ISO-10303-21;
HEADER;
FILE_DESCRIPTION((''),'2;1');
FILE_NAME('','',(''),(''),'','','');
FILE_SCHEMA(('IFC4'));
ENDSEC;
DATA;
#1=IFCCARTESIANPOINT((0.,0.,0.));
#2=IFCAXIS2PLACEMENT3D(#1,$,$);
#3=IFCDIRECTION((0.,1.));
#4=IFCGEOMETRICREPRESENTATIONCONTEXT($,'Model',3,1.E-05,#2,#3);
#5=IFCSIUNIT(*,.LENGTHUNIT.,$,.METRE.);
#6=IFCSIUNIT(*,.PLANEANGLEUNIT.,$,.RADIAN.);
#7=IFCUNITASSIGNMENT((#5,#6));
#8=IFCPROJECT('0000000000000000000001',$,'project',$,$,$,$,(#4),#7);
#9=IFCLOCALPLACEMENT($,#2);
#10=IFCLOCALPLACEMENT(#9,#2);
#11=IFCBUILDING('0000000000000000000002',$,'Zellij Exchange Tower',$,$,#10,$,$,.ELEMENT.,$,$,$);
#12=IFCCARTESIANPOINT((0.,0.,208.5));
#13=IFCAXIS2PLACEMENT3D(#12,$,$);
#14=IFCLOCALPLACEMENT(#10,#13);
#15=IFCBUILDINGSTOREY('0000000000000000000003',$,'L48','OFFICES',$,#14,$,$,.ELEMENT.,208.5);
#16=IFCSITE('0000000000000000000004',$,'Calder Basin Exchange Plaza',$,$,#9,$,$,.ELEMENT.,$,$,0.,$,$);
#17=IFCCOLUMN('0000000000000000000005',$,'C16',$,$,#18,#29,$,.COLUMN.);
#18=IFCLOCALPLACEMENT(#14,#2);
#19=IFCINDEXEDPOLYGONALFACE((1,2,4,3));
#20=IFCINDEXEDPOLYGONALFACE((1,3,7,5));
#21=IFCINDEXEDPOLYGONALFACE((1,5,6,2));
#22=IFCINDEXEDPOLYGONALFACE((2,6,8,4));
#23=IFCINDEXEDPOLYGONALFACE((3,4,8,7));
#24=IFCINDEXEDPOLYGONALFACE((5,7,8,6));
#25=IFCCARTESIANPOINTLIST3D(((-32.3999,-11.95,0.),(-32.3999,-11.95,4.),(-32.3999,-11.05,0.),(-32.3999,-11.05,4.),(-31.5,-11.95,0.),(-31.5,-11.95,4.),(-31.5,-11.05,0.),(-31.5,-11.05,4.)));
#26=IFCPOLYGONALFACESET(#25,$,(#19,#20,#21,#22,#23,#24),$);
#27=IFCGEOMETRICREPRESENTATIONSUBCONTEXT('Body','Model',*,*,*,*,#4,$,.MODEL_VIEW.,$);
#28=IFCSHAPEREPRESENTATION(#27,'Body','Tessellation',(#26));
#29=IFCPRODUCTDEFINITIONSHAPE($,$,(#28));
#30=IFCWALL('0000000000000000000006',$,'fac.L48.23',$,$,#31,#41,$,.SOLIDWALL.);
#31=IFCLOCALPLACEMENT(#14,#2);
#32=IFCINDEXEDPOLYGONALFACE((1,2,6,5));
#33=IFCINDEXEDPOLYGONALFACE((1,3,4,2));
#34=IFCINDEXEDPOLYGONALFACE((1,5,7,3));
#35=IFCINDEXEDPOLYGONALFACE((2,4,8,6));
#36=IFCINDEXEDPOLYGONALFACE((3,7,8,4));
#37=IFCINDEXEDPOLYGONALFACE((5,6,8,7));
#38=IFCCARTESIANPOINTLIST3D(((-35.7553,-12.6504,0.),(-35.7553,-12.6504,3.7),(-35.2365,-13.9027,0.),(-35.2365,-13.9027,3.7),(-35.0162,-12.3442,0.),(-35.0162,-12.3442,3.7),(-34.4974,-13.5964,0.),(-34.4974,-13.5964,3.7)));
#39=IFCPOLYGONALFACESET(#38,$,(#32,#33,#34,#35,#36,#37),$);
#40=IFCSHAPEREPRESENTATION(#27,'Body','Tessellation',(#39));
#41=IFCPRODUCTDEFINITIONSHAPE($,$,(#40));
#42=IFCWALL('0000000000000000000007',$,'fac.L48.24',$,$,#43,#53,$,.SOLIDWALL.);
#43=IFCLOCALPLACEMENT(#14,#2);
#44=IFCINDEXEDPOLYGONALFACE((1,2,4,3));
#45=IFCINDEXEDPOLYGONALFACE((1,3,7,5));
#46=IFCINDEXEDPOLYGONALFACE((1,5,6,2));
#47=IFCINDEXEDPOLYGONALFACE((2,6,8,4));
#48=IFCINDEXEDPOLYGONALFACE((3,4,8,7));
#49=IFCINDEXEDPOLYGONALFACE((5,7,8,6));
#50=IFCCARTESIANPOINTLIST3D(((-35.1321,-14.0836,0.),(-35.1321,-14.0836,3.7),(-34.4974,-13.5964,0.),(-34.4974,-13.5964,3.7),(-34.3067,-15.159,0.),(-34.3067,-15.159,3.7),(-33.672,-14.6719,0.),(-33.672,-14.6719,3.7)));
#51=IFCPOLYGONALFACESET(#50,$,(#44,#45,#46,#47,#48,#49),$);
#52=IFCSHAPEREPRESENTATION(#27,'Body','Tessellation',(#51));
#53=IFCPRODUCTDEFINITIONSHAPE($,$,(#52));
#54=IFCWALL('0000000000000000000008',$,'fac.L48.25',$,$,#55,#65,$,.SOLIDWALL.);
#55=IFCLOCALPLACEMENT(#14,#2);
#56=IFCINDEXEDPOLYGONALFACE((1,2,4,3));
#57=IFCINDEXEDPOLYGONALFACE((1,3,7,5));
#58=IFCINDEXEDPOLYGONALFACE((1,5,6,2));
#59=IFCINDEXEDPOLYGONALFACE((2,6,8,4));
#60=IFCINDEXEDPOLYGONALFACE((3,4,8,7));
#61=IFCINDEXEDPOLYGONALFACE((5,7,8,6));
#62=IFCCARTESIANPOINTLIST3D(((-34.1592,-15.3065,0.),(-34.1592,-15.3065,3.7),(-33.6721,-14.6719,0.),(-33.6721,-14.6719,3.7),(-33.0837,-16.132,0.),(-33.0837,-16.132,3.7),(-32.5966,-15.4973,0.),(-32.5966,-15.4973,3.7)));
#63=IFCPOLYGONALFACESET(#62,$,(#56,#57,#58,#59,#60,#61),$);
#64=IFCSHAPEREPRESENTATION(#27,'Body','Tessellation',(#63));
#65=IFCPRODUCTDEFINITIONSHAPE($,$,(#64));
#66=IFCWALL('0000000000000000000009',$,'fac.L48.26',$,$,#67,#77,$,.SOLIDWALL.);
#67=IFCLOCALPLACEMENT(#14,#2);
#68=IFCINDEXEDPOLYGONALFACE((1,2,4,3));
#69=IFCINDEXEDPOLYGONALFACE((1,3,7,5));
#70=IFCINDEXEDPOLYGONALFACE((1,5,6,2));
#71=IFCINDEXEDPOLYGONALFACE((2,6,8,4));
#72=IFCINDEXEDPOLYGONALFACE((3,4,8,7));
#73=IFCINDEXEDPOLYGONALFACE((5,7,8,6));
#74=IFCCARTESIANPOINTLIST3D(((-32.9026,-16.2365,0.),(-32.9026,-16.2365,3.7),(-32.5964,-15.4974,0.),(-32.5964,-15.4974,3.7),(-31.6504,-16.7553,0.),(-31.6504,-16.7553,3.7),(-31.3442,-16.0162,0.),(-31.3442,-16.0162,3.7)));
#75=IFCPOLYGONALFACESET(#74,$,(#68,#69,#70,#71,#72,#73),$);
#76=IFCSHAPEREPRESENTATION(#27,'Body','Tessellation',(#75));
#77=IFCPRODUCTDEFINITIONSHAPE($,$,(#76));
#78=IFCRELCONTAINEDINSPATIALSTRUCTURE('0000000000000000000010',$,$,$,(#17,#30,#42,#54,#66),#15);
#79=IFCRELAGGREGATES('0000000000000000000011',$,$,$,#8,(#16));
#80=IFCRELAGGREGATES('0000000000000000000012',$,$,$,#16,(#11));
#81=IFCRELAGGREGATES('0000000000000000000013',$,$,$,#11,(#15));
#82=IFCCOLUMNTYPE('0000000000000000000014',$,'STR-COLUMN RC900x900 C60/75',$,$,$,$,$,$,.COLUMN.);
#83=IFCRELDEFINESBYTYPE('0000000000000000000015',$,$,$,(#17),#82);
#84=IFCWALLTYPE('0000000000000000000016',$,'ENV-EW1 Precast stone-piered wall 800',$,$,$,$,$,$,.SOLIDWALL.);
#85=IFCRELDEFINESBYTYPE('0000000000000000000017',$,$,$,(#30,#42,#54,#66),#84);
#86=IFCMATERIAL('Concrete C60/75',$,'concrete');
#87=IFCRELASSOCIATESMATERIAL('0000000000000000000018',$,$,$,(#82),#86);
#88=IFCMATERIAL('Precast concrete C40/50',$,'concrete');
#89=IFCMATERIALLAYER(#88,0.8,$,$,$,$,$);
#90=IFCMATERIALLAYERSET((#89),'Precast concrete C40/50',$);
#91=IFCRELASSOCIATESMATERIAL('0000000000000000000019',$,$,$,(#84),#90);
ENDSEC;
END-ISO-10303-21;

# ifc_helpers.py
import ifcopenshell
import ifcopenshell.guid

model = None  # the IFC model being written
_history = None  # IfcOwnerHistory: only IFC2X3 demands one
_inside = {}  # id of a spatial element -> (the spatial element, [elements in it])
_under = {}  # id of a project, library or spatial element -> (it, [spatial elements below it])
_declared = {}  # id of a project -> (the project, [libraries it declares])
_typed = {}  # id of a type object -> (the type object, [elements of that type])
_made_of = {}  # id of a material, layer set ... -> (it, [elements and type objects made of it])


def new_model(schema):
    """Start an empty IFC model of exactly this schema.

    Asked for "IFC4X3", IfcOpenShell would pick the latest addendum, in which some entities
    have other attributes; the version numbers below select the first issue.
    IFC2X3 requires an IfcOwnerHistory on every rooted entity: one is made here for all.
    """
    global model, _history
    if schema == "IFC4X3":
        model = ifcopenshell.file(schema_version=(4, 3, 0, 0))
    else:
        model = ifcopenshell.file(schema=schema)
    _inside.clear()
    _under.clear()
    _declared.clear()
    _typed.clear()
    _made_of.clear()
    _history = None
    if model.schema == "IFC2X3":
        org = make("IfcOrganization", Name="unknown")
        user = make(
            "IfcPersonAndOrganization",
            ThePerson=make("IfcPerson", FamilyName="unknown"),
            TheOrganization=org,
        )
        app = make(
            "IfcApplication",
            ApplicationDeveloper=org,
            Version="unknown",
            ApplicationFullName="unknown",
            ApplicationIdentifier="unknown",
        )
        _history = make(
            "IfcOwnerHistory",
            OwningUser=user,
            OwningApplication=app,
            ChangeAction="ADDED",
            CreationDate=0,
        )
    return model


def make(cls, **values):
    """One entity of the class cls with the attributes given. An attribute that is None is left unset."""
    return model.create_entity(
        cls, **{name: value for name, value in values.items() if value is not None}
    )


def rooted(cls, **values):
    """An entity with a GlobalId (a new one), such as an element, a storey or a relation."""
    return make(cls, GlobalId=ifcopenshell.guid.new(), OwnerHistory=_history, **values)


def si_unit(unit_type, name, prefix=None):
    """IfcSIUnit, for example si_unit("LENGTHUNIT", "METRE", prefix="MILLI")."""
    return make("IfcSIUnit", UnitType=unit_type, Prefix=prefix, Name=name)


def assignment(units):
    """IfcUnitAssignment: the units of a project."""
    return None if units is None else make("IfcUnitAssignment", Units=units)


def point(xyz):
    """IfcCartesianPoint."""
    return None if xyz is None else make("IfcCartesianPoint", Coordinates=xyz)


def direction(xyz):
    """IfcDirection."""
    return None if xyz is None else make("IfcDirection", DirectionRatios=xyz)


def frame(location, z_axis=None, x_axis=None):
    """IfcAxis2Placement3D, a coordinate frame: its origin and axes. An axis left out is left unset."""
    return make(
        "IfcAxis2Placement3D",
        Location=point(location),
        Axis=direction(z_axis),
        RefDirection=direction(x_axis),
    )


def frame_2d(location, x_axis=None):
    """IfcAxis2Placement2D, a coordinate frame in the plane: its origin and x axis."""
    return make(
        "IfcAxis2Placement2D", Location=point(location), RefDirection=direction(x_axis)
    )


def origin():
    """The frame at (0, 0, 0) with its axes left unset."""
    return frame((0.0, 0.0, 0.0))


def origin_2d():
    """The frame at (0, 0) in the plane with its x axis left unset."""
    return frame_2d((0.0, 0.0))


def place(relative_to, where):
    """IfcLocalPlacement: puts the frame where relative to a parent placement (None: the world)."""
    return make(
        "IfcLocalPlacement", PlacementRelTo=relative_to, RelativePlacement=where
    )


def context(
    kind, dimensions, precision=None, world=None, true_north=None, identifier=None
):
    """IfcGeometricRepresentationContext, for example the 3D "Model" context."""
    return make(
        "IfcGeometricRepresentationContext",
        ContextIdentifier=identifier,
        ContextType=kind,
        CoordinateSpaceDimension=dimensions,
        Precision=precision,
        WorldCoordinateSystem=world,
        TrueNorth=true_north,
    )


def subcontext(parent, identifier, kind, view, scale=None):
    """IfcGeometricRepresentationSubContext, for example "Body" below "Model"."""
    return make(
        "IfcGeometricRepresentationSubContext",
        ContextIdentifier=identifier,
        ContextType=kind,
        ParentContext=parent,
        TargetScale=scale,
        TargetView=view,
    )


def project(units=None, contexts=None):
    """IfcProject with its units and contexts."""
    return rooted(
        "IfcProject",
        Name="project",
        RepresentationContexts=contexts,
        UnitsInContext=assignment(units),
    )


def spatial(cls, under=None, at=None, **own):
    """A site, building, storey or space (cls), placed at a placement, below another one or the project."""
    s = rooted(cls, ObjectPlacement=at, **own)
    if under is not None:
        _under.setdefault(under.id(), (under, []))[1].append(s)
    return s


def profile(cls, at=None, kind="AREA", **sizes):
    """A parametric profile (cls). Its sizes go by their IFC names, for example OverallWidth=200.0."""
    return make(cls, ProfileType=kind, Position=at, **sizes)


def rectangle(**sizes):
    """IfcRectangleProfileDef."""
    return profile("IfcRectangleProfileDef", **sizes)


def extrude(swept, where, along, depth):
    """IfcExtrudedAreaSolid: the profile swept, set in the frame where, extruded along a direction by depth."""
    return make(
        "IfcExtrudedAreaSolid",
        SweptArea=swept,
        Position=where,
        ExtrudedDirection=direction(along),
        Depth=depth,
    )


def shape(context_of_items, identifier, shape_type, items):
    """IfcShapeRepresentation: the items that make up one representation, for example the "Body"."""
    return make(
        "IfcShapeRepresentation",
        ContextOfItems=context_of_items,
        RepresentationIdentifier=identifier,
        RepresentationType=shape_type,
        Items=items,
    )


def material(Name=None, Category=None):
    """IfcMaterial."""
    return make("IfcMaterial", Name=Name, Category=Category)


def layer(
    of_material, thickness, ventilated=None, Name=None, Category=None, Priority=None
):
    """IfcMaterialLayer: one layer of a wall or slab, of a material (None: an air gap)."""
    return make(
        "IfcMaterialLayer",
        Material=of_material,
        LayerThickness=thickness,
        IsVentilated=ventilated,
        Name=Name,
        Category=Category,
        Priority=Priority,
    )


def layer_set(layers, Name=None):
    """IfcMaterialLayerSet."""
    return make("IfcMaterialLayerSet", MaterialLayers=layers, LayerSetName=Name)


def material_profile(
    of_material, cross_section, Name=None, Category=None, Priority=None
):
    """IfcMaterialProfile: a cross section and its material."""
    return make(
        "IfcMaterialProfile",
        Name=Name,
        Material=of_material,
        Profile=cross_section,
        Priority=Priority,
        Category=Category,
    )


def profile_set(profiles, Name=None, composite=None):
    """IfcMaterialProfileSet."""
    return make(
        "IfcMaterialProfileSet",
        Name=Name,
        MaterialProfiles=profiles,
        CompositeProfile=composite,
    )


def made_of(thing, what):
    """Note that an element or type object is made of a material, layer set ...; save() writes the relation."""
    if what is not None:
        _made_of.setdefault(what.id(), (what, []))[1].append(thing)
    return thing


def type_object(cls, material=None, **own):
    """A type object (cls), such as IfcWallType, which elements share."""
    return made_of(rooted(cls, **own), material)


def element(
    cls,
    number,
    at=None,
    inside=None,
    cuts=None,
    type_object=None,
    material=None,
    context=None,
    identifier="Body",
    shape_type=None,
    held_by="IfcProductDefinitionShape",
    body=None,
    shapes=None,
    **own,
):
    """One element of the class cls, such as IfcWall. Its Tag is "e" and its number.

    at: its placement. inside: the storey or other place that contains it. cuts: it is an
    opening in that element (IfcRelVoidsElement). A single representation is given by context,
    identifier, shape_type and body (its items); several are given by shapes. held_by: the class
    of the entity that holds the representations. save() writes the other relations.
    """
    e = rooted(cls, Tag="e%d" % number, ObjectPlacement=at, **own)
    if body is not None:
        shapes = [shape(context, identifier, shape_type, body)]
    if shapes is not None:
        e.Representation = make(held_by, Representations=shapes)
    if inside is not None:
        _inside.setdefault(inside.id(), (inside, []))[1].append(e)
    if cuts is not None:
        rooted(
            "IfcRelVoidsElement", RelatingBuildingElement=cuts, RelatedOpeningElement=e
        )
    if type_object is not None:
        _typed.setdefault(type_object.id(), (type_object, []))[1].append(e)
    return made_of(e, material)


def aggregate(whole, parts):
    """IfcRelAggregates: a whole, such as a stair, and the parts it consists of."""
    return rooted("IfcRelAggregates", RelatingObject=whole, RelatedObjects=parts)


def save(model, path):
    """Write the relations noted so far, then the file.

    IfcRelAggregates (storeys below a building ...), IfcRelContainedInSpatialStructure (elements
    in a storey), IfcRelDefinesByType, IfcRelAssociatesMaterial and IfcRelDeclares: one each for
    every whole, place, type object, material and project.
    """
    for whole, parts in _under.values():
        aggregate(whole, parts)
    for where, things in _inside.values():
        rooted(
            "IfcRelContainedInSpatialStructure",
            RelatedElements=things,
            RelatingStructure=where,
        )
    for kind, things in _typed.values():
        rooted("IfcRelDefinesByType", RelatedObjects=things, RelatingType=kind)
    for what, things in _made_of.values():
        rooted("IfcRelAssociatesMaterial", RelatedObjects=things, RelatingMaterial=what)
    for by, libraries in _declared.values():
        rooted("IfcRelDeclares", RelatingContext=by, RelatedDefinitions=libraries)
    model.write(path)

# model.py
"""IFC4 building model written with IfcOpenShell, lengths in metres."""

from ifc_helpers import new_model, si_unit, direction, frame, frame_2d, origin, origin_2d, place, context, subcontext, project, spatial, rectangle, extrude, material, layer, layer_set, material_profile, profile_set, type_object, element, save


model = new_model("IFC4")

# Units and contexts
model_context = context("Model", 3, precision=1e-05, world=origin(), true_north=direction((0.0, 1.0)))
body_context = subcontext(model_context, "Body", "Model", "MODEL_VIEW")
ifc_project = project(units=[si_unit("LENGTHUNIT", "METRE"), si_unit("PLANEANGLEUNIT", "RADIAN")], contexts=[model_context])

# Site, building, storey
site_placement = place(None, origin())
site = spatial("IfcSite", under=ifc_project, at=site_placement, Name="Calder Basin Exchange Plaza", CompositionType="ELEMENT", RefElevation=0.0)
building_placement = place(site_placement, origin())
building = spatial("IfcBuilding", under=site, at=building_placement, Name="Zellij Exchange Tower", CompositionType="ELEMENT")
storey_placement = place(building_placement, frame((0.0, 0.0, 208.5)))
storey = spatial("IfcBuildingStorey", under=building, at=storey_placement, Name="L48", Description="OFFICES", CompositionType="ELEMENT", Elevation=208.5)

# Column
ifc_material_1 = material(Name="Concrete C60/75", Category="concrete")
ifc_material_profile = material_profile(ifc_material_1, rectangle(XDim=0.8999, YDim=0.8999, at=origin_2d()), Name="STR-COLUMN RC900x900 C60/75")
ifc_profile_set = profile_set([ifc_material_profile], Name="Concrete C60/75")
column_type = type_object("IfcColumnType", Name="STR-COLUMN RC900x900 C60/75", PredefinedType="COLUMN", material=ifc_profile_set)
column_placement = place(storey_placement, frame((-31.95, -11.5, 0.0), z_axis=(0.0, 0.0, 1.0), x_axis=(1.0, 0.0, 0.0)))
element("IfcColumn", 1, at=column_placement, inside=storey, type_object=column_type, Name="C16", PredefinedType="COLUMN", context=body_context, shape_type="SweptSolid", body=[
    extrude(rectangle(XDim=0.8999, YDim=0.8999, at=origin_2d()), origin(), (0.0, 0.0, 1.0), 4.0),
])

# Walls
ifc_material_2 = material(Name="Precast concrete C40/50", Category="concrete")
ifc_layer = layer(ifc_material_2, 0.8)
ifc_layer_set = layer_set([ifc_layer], Name="Precast concrete C40/50")
wall_type = type_object("IfcWallType", Name="ENV-EW1 Precast stone-piered wall 800", PredefinedType="SOLIDWALL", material=ifc_layer_set)
wall_1_placement = place(storey_placement, frame((-35.3857, -12.4973, 0.0), z_axis=(0.0, 0.0, 1.0), x_axis=(0.38276, -0.923848, 0.0)))
element("IfcWall", 2, at=wall_1_placement, inside=storey, type_object=wall_type, Name="fac.L48.23", PredefinedType="SOLIDWALL", context=body_context, shape_type="SweptSolid", body=[
    extrude(rectangle(XDim=1.3555, YDim=0.8, at=frame_2d((0.6777, 0.0))), origin(), (0.0, 0.0, 1.0), 3.7),
])
for number, where, z_axis, x_axis, name in (
    (3, (-34.8147, -13.8401, 0.0), (0.0, 0.0, 1.0), (0.608866, -0.793273, 0.0), "fac.L48.24"),
    (4, (-33.9155, -14.9893, 0.0), (0.0, 0.0, 1.0), (0.793273, -0.608866, 0.0), "fac.L48.25"),
):
    element("IfcWall", number, at=place(storey_placement, frame(where, z_axis=z_axis, x_axis=x_axis)), inside=storey, type_object=wall_type, Name=name, PredefinedType="SOLIDWALL", context=body_context, shape_type="SweptSolid", body=[
        extrude(rectangle(XDim=1.3557, YDim=0.8, at=frame_2d((0.6777, 0.0))), origin(), (0.0, 0.0, 1.0), 3.7),
    ])
wall_2_placement = place(storey_placement, frame((-32.7495, -15.8669, 0.0), z_axis=(0.0, 0.0, 1.0), x_axis=(0.923848, -0.38276, 0.0)))
element("IfcWall", 5, at=wall_2_placement, inside=storey, type_object=wall_type, Name="fac.L48.26", PredefinedType="SOLIDWALL", context=body_context, shape_type="SweptSolid", body=[
    extrude(rectangle(XDim=1.3555, YDim=0.8, at=frame_2d((0.6777, 0.0))), origin(), (0.0, 0.0, 1.0), 3.7),
])

save(model, "model.ifc")
